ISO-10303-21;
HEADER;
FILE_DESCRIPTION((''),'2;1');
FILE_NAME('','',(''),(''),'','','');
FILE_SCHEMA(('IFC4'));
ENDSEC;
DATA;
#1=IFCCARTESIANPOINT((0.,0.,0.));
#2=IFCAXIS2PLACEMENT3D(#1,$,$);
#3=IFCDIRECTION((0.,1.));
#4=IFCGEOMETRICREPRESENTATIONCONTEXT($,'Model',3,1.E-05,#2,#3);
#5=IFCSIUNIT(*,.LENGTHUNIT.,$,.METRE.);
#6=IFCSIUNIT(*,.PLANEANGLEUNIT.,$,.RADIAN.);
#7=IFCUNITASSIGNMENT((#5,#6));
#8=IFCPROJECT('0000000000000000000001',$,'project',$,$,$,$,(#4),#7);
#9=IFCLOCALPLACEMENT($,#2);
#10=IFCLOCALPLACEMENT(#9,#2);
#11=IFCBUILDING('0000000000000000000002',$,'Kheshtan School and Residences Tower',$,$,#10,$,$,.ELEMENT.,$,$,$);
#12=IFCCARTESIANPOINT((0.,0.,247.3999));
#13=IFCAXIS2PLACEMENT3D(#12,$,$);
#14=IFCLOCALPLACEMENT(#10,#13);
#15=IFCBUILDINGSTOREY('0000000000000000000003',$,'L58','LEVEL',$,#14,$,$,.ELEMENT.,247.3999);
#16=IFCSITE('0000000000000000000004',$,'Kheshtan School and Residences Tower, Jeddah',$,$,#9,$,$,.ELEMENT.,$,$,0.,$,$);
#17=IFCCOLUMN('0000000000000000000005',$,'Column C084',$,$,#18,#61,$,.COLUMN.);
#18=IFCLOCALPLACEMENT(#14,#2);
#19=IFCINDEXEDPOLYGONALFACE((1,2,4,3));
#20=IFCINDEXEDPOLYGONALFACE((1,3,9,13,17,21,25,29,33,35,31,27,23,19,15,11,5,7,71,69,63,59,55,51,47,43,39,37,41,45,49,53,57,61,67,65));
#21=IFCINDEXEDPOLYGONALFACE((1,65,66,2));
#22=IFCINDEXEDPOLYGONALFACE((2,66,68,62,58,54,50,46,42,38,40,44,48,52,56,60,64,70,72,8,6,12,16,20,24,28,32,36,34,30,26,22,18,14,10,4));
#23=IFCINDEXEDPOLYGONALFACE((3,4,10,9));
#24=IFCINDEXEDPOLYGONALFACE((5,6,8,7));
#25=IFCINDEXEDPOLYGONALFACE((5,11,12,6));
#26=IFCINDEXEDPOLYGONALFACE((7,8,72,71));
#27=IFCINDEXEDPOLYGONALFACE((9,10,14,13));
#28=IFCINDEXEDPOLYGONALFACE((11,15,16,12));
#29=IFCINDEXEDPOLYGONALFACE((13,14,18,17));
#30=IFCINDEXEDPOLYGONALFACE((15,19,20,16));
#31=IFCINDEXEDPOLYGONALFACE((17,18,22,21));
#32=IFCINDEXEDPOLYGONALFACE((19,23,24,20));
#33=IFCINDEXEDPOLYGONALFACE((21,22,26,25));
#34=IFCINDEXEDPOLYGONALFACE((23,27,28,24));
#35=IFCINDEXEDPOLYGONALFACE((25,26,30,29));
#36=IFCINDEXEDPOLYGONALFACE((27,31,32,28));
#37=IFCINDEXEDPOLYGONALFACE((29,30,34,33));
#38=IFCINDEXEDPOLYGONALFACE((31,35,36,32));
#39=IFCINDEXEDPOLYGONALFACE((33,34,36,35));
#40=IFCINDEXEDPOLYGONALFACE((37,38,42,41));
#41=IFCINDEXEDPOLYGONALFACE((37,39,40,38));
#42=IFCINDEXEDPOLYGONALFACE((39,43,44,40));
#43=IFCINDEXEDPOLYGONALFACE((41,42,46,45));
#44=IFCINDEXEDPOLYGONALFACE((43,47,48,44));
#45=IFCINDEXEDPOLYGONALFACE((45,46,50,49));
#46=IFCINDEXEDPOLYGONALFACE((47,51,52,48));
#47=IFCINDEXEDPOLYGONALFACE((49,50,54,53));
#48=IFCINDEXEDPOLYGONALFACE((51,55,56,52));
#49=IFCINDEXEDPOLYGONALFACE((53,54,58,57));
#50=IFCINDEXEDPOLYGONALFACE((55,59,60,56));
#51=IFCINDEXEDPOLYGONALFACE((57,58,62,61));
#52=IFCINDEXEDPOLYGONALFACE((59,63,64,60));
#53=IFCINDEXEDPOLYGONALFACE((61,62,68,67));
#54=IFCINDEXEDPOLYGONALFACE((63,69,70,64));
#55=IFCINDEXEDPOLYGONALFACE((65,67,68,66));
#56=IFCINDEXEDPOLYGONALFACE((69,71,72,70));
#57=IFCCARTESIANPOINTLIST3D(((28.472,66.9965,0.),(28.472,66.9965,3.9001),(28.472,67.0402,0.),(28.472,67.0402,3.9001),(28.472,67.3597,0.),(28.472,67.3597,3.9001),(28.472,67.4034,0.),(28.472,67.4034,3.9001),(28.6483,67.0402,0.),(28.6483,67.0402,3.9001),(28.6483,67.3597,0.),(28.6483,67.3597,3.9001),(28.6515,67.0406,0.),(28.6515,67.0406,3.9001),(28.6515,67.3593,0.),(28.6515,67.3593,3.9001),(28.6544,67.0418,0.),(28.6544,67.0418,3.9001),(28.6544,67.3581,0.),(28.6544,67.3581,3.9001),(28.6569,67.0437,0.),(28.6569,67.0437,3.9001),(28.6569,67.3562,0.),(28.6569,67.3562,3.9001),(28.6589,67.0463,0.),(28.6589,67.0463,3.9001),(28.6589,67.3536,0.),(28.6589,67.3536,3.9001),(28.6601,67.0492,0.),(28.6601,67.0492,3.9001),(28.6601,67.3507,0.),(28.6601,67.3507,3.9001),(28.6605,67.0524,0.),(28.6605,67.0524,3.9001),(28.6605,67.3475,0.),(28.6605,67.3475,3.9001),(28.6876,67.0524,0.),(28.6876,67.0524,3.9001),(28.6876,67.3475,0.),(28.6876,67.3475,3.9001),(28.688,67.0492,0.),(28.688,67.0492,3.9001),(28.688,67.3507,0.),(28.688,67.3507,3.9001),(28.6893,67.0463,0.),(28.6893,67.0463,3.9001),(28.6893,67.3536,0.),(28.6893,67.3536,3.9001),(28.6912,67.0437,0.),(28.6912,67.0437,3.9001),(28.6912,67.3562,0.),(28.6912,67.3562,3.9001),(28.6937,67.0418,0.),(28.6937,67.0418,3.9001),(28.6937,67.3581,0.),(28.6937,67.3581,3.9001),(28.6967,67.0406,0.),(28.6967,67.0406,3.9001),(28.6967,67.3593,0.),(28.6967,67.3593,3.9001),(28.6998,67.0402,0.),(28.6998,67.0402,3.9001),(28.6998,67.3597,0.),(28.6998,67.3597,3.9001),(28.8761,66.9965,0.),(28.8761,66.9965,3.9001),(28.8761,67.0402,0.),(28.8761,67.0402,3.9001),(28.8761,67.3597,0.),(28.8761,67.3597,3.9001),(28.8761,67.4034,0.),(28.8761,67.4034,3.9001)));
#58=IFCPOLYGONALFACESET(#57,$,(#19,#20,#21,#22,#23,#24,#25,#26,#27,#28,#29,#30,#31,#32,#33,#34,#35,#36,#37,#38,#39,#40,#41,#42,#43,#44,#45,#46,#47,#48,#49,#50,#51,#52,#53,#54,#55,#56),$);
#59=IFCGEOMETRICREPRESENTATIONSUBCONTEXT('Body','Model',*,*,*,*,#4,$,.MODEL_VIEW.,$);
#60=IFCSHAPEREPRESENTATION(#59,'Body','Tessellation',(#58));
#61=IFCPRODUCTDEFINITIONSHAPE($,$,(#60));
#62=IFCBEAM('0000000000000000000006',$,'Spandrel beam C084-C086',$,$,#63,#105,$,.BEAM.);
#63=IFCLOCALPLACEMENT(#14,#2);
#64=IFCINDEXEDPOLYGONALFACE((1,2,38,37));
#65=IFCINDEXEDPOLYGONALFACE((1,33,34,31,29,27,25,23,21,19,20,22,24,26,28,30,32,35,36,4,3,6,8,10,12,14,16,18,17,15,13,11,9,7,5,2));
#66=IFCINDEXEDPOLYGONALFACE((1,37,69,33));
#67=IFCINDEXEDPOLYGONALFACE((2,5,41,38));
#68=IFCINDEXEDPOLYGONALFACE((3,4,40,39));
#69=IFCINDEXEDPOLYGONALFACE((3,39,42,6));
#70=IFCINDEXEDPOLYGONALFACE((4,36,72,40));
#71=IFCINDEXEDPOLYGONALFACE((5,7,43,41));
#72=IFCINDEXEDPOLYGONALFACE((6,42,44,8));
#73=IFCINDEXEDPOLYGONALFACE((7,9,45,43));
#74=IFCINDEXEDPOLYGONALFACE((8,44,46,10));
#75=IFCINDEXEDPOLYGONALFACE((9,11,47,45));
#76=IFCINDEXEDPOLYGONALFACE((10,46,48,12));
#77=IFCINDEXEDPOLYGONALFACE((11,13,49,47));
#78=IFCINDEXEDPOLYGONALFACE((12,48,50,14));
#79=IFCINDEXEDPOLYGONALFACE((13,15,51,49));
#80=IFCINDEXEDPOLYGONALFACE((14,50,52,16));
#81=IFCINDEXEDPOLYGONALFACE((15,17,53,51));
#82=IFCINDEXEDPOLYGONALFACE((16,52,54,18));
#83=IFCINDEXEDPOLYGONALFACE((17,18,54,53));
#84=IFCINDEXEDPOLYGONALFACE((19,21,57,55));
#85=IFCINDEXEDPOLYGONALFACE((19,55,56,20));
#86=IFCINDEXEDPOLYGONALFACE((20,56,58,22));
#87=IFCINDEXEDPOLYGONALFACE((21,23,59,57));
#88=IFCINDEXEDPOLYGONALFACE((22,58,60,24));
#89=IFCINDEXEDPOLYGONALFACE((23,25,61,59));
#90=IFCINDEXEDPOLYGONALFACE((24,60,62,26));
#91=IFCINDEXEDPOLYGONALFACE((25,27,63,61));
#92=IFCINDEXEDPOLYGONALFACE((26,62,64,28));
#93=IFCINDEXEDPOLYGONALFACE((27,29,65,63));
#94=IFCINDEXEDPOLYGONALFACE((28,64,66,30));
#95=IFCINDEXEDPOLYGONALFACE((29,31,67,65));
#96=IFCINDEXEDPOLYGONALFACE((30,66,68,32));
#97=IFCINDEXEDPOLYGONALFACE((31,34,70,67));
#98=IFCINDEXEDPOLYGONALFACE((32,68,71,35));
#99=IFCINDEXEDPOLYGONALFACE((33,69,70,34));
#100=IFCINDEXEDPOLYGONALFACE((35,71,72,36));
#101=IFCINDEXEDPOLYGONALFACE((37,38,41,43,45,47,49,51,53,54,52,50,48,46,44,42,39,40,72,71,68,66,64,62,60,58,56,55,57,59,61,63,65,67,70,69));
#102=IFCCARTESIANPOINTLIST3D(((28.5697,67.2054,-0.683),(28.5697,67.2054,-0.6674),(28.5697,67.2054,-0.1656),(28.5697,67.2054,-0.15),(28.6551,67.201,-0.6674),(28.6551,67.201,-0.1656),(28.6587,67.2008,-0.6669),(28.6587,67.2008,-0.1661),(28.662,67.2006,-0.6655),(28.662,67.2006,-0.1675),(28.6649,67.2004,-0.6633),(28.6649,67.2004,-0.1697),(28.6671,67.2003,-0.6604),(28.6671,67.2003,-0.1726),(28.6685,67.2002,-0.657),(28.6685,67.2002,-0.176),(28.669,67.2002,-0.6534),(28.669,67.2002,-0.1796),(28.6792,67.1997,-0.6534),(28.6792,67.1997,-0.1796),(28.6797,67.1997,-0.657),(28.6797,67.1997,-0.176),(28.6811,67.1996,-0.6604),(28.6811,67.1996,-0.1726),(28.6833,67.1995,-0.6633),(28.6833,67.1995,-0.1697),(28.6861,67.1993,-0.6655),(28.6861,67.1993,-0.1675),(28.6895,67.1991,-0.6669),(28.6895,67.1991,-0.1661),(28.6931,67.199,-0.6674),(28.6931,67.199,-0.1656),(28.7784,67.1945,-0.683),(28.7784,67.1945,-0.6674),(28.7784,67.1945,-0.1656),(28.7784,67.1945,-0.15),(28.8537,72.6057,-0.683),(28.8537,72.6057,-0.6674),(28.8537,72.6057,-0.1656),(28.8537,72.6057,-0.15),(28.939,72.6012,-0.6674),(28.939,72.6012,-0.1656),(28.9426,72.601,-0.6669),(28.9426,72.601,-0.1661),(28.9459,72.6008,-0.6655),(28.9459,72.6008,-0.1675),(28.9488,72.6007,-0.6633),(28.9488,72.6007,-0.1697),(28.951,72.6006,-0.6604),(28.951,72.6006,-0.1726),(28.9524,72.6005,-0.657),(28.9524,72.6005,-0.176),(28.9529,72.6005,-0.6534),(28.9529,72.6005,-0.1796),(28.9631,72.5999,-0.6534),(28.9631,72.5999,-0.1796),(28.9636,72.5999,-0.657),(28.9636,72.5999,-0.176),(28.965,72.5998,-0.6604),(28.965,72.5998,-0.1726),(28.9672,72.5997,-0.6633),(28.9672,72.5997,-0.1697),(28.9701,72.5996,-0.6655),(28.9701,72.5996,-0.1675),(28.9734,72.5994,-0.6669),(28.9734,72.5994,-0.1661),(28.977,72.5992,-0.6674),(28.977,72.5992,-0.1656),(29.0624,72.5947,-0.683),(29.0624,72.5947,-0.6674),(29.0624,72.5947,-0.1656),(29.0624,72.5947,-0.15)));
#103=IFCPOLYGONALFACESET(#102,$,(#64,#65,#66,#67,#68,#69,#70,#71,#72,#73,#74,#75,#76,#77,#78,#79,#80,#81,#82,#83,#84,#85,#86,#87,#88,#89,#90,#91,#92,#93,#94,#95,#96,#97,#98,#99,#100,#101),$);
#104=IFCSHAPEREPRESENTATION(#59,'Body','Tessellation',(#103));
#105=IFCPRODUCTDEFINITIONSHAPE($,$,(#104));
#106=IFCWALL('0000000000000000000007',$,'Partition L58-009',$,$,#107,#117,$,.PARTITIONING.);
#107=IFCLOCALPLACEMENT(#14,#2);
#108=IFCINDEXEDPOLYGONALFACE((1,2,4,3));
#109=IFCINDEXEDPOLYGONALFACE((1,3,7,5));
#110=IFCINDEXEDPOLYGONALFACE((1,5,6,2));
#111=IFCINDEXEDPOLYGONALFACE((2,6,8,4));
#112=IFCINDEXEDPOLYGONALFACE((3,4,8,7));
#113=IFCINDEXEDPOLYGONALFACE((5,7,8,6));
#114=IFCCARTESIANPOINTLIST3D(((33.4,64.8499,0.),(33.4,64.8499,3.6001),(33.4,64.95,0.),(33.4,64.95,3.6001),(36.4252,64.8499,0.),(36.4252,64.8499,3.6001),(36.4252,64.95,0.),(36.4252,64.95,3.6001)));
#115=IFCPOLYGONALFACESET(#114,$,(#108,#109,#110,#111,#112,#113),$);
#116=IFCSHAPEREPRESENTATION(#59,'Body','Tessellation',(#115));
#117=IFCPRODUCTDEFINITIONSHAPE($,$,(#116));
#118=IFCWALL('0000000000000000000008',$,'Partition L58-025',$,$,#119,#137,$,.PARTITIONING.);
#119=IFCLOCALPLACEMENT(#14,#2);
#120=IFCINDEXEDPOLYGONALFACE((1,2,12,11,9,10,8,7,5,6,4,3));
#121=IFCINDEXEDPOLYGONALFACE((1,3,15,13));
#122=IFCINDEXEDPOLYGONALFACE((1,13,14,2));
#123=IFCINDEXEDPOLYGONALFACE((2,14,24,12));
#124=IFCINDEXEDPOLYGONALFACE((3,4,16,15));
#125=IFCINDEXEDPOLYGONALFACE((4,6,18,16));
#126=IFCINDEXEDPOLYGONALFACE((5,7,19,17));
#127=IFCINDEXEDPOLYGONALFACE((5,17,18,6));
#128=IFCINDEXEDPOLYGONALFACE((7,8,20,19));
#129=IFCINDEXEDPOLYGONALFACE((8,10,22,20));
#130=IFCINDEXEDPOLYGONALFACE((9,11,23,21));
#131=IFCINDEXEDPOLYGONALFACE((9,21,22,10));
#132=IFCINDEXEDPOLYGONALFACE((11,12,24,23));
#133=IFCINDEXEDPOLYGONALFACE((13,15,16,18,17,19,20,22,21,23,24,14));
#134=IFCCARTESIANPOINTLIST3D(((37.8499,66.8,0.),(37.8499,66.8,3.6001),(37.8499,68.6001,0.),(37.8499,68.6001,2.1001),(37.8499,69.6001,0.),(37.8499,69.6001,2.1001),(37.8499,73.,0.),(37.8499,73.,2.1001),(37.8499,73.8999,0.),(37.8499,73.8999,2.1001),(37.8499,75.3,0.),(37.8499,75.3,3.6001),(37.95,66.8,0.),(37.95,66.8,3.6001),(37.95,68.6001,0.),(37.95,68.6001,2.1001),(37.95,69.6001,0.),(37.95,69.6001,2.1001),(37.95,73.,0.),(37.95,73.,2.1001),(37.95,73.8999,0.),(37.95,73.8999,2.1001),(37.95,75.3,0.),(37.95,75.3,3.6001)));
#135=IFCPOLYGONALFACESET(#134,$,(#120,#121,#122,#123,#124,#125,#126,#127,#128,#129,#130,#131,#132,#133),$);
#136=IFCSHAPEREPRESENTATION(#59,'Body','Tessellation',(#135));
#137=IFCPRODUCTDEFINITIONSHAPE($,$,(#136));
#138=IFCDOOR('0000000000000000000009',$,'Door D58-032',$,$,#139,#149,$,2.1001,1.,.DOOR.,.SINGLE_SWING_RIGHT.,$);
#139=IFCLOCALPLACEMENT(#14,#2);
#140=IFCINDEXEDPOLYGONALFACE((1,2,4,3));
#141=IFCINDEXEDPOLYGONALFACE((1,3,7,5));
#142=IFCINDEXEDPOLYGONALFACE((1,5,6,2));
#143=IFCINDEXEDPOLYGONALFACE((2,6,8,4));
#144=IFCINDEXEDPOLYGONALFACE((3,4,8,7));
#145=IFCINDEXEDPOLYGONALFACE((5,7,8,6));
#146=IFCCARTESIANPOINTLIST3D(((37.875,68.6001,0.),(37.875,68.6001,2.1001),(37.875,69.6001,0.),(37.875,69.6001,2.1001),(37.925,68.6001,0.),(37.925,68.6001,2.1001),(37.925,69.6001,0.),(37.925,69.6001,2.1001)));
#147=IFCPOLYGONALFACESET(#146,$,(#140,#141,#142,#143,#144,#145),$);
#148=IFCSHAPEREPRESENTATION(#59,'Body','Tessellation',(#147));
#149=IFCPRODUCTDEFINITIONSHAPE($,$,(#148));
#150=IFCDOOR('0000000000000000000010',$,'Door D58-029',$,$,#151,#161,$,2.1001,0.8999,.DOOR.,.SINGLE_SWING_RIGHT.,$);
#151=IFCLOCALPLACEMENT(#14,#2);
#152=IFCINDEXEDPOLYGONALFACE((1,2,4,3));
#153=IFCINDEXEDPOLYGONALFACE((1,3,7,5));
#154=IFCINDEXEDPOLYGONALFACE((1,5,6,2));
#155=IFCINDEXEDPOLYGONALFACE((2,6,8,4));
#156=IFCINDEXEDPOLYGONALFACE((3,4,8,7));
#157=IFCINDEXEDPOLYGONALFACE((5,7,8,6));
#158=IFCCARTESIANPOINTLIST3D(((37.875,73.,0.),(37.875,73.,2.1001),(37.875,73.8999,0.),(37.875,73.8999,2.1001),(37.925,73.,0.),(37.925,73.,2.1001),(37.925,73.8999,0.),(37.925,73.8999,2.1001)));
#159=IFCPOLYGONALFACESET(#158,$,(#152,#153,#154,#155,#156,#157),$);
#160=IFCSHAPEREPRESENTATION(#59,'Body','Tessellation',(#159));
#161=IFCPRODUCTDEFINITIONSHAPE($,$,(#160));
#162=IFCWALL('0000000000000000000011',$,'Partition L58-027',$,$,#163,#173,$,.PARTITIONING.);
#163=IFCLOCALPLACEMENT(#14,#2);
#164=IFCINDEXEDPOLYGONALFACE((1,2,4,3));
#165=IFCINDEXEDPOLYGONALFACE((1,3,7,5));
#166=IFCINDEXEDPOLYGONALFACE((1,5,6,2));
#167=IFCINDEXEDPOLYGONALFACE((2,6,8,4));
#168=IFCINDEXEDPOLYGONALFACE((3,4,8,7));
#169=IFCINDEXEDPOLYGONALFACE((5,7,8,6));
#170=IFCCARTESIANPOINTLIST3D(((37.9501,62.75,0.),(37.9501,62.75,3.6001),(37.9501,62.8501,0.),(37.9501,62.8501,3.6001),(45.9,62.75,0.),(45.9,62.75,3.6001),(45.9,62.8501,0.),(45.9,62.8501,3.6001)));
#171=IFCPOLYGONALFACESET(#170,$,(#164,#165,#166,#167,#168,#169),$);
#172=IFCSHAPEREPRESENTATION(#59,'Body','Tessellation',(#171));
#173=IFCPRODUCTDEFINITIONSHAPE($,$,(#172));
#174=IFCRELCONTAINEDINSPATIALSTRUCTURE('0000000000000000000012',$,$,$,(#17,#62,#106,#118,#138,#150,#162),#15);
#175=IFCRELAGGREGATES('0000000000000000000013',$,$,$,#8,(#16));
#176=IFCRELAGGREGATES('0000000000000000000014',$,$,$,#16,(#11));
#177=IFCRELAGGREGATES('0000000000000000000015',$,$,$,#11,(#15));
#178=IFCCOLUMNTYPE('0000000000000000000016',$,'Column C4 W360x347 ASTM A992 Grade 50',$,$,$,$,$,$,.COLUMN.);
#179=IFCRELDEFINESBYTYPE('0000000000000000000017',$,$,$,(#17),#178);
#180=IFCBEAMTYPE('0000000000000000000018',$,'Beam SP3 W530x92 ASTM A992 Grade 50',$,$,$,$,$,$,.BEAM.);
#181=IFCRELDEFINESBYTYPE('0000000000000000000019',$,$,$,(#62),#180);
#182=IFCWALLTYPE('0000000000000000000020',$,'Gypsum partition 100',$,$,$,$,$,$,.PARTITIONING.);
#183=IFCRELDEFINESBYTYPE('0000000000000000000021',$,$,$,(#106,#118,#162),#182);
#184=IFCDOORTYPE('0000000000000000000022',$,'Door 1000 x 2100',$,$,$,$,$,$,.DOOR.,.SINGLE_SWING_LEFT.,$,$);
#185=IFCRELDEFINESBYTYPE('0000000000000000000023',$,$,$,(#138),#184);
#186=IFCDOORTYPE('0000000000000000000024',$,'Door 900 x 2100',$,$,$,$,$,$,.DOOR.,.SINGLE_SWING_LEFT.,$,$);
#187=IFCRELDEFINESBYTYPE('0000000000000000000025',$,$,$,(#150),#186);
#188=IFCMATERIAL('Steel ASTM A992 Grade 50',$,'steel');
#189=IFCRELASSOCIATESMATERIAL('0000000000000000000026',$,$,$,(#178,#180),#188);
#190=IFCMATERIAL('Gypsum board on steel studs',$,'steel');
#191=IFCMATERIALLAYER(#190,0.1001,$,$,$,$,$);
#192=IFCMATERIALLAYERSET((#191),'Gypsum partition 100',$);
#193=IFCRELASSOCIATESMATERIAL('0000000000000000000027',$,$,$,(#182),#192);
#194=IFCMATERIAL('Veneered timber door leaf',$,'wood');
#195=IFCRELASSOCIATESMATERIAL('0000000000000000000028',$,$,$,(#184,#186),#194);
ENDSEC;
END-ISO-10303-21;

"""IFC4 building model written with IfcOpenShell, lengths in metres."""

from ifc_helpers import new_model, si_unit, direction, frame, frame_2d, origin, origin_2d, place, context, subcontext, project, spatial, rectangle, i_section, extrude, source, transform, mapped, material, layer, layer_set, material_profile, profile_set, type_object, element, fill, save


model = new_model("IFC4")

# Units and contexts
model_context = context("Model", 3, precision=1e-05, world=origin(), true_north=direction((0.0, 1.0)))
body_context = subcontext(model_context, "Body", "Model", "MODEL_VIEW")
ifc_project = project(units=[si_unit("LENGTHUNIT", "METRE"), si_unit("PLANEANGLEUNIT", "RADIAN")], contexts=[model_context])

# Site, building, storey
site_placement = place(None, origin())
site = spatial("IfcSite", under=ifc_project, at=site_placement, Name="Kheshtan School and Residences Tower, Jeddah", CompositionType="ELEMENT", RefElevation=0.0)
building_placement = place(site_placement, origin())
building = spatial("IfcBuilding", under=site, at=building_placement, Name="Kheshtan School and Residences Tower", CompositionType="ELEMENT")
storey_placement = place(building_placement, frame((0.0, 0.0, 247.3999)))
storey = spatial("IfcBuildingStorey", under=building, at=storey_placement, Name="L58", Description="LEVEL", CompositionType="ELEMENT", Elevation=247.3999)

# Column
ifc_material_1 = material(Name="Steel ASTM A992 Grade 50", Category="steel")
ifc_material_profile_1 = material_profile(ifc_material_1, i_section(OverallWidth=0.4041, OverallDepth=0.407, WebThickness=0.0271, FlangeThickness=0.0437, FilletRadius=0.0122, at=origin_2d()), Name="W360x347")
ifc_profile_set_1 = profile_set([ifc_material_profile_1], Name="Steel ASTM A992 Grade 50")
column_type = type_object("IfcColumnType", Name="Column C4 W360x347 ASTM A992 Grade 50", PredefinedType="COLUMN", material=ifc_profile_set_1)
column_placement = place(storey_placement, frame((28.6741, 67.2, 0.0), z_axis=(0.0, 0.0, 1.0), x_axis=(1.0, 0.0, 0.0)))
element("IfcColumn", 1, at=column_placement, inside=storey, type_object=column_type, Name="Column C084", PredefinedType="COLUMN", context=body_context, shape_type="SweptSolid", body=[
    extrude(i_section(OverallWidth=0.4041, OverallDepth=0.407, WebThickness=0.0271, FlangeThickness=0.0437, FilletRadius=0.0122, at=origin_2d()), origin(), (0.0, 0.0, 1.0), 3.9001),
])

# Beam
ifc_material_profile_2 = material_profile(ifc_material_1, i_section(OverallWidth=0.209, OverallDepth=0.533, WebThickness=0.0103, FlangeThickness=0.0156, FilletRadius=0.0139, at=origin_2d()), Name="W530x92")
ifc_profile_set_2 = profile_set([ifc_material_profile_2], Name="Steel ASTM A992 Grade 50")
beam_type = type_object("IfcBeamType", Name="Beam SP3 W530x92 ASTM A992 Grade 50", PredefinedType="BEAM", material=ifc_profile_set_2)
beam_placement = place(storey_placement, frame((28.6741, 67.2, -0.4165), z_axis=(0.052507, 0.998621, 0.0), x_axis=(-0.998621, 0.052507, 0.0)))
element("IfcBeam", 2, at=beam_placement, inside=storey, type_object=beam_type, Name="Spandrel beam C084-C086", PredefinedType="BEAM", context=body_context, shape_type="SweptSolid", body=[
    extrude(i_section(OverallWidth=0.209, OverallDepth=0.533, WebThickness=0.0103, FlangeThickness=0.0156, FilletRadius=0.0139, at=origin_2d()), origin(), (0.0, 0.0, 1.0), 5.4077),
])

# Wall
ifc_material_2 = material(Name="Gypsum board on steel studs", Category="steel")
ifc_layer_1 = layer(ifc_material_2, 0.1001)
ifc_layer_set_1 = layer_set([ifc_layer_1], Name="Gypsum partition 100")
wall_type_1 = type_object("IfcWallType", Name="Gypsum partition 100", PredefinedType="PARTITIONING", material=ifc_layer_set_1)
wall_1_placement = place(storey_placement, frame((33.3999, 64.8999, 0.0), z_axis=(0.0, 0.0, 1.0), x_axis=(1.0, 0.0, 0.0)))
element("IfcWall", 3, at=wall_1_placement, inside=storey, type_object=wall_type_1, Name="Partition L58-009", PredefinedType="PARTITIONING", context=body_context, shape_type="SweptSolid", body=[
    extrude(rectangle(XDim=3.0251, YDim=0.1001, at=frame_2d((1.5127, 0.0))), origin(), (0.0, 0.0, 1.0), 3.6001),
])

# Wall, openings, doors
wall_2_placement = place(storey_placement, frame((37.8999, 66.8, 0.0), z_axis=(0.0, 0.0, 1.0), x_axis=(0.0, 1.0, 0.0)))
wall_2 = element("IfcWall", 4, at=wall_2_placement, inside=storey, type_object=wall_type_1, Name="Partition L58-025", PredefinedType="PARTITIONING", context=body_context, shape_type="SweptSolid", body=[
    extrude(rectangle(XDim=8.5, YDim=0.1001, at=frame_2d((4.25, 0.0))), origin(), (0.0, 0.0, 1.0), 3.6001),
])
opening_1_placement = place(wall_2_placement, frame((6.2, 0.0, 0.0)))
opening_1 = element("IfcOpeningElement", 5, at=opening_1_placement, cuts=wall_2, PredefinedType="OPENING", context=body_context, shape_type="SweptSolid", body=[
    extrude(rectangle(XDim=0.8999, YDim=2.1001, at=frame_2d((0.45, 1.05))), frame((0.0, 0.0601, 0.0), z_axis=(0.0, -1.0, 0.0), x_axis=(1.0, 0.0, 0.0)), (0.0, 0.0, 1.0), 0.1201),
])
opening_2_placement = place(wall_2_placement, frame((1.8, 0.0, 0.0)))
opening_2 = element("IfcOpeningElement", 6, at=opening_2_placement, cuts=wall_2, PredefinedType="OPENING", context=body_context, shape_type="SweptSolid", body=[
    extrude(rectangle(XDim=1.0, YDim=2.1001, at=frame_2d((0.5, 1.05))), frame((0.0, 0.0601, 0.0), z_axis=(0.0, -1.0, 0.0), x_axis=(1.0, 0.0, 0.0)), (0.0, 0.0, 1.0), 0.1201),
])
ifc_material_3 = material(Name="Veneered timber door leaf", Category="wood")
door_type_1 = type_object("IfcDoorType", Name="Door 1000 x 2100", OperationType="SINGLE_SWING_LEFT", PredefinedType="DOOR", material=ifc_material_3)
shared_shape_1 = source(origin(), body_context, "Body", "SweptSolid", [
    extrude(rectangle(XDim=1.0, YDim=2.1001, at=frame_2d((0.5, 1.05))), frame((0.0, 0.0249, 0.0), z_axis=(0.0, -1.0, 0.0), x_axis=(1.0, 0.0, 0.0)), (0.0, 0.0, 1.0), 0.05),
])
door_1_placement = place(opening_2_placement, origin())
door_1 = element("IfcDoor", 7, at=door_1_placement, inside=storey, type_object=door_type_1, Name="Door D58-032", OperationType="SINGLE_SWING_RIGHT", OverallHeight=2.1001, OverallWidth=1.0, PredefinedType="DOOR", context=body_context, shape_type="MappedRepresentation", body=[
    mapped(shared_shape_1, transform((0.0, 0.0, 0.0), x_axis=(1.0, 0.0, 0.0), y_axis=(0.0, 1.0, 0.0), z_axis=(0.0, 0.0, 1.0), scale=1.0)),
])
fill(opening_2, door_1)
door_type_2 = type_object("IfcDoorType", Name="Door 900 x 2100", OperationType="SINGLE_SWING_LEFT", PredefinedType="DOOR", material=ifc_material_3)
shared_shape_2 = source(origin(), body_context, "Body", "SweptSolid", [
    extrude(rectangle(XDim=0.8999, YDim=2.1001, at=frame_2d((0.45, 1.05))), frame((0.0, 0.0249, 0.0), z_axis=(0.0, -1.0, 0.0), x_axis=(1.0, 0.0, 0.0)), (0.0, 0.0, 1.0), 0.05),
])
door_2_placement = place(opening_1_placement, origin())
door_2 = element("IfcDoor", 8, at=door_2_placement, inside=storey, type_object=door_type_2, Name="Door D58-029", OperationType="SINGLE_SWING_RIGHT", OverallHeight=2.1001, OverallWidth=0.8999, PredefinedType="DOOR", context=body_context, shape_type="MappedRepresentation", body=[
    mapped(shared_shape_2, transform((0.0, 0.0, 0.0), x_axis=(1.0, 0.0, 0.0), y_axis=(0.0, 1.0, 0.0), z_axis=(0.0, 0.0, 1.0), scale=1.0)),
])
fill(opening_1, door_2)

# Wall
wall_3_placement = place(storey_placement, frame((37.95, 62.8, 0.0), z_axis=(0.0, 0.0, 1.0), x_axis=(1.0, 0.0, 0.0)))
element("IfcWall", 9, at=wall_3_placement, inside=storey, type_object=wall_type_1, Name="Partition L58-027", PredefinedType="PARTITIONING", context=body_context, shape_type="SweptSolid", body=[
    extrude(rectangle(XDim=7.95, YDim=0.1001, at=frame_2d((3.9751, 0.0))), origin(), (0.0, 0.0, 1.0), 3.6001),
])

save(model, "model.ifc")
